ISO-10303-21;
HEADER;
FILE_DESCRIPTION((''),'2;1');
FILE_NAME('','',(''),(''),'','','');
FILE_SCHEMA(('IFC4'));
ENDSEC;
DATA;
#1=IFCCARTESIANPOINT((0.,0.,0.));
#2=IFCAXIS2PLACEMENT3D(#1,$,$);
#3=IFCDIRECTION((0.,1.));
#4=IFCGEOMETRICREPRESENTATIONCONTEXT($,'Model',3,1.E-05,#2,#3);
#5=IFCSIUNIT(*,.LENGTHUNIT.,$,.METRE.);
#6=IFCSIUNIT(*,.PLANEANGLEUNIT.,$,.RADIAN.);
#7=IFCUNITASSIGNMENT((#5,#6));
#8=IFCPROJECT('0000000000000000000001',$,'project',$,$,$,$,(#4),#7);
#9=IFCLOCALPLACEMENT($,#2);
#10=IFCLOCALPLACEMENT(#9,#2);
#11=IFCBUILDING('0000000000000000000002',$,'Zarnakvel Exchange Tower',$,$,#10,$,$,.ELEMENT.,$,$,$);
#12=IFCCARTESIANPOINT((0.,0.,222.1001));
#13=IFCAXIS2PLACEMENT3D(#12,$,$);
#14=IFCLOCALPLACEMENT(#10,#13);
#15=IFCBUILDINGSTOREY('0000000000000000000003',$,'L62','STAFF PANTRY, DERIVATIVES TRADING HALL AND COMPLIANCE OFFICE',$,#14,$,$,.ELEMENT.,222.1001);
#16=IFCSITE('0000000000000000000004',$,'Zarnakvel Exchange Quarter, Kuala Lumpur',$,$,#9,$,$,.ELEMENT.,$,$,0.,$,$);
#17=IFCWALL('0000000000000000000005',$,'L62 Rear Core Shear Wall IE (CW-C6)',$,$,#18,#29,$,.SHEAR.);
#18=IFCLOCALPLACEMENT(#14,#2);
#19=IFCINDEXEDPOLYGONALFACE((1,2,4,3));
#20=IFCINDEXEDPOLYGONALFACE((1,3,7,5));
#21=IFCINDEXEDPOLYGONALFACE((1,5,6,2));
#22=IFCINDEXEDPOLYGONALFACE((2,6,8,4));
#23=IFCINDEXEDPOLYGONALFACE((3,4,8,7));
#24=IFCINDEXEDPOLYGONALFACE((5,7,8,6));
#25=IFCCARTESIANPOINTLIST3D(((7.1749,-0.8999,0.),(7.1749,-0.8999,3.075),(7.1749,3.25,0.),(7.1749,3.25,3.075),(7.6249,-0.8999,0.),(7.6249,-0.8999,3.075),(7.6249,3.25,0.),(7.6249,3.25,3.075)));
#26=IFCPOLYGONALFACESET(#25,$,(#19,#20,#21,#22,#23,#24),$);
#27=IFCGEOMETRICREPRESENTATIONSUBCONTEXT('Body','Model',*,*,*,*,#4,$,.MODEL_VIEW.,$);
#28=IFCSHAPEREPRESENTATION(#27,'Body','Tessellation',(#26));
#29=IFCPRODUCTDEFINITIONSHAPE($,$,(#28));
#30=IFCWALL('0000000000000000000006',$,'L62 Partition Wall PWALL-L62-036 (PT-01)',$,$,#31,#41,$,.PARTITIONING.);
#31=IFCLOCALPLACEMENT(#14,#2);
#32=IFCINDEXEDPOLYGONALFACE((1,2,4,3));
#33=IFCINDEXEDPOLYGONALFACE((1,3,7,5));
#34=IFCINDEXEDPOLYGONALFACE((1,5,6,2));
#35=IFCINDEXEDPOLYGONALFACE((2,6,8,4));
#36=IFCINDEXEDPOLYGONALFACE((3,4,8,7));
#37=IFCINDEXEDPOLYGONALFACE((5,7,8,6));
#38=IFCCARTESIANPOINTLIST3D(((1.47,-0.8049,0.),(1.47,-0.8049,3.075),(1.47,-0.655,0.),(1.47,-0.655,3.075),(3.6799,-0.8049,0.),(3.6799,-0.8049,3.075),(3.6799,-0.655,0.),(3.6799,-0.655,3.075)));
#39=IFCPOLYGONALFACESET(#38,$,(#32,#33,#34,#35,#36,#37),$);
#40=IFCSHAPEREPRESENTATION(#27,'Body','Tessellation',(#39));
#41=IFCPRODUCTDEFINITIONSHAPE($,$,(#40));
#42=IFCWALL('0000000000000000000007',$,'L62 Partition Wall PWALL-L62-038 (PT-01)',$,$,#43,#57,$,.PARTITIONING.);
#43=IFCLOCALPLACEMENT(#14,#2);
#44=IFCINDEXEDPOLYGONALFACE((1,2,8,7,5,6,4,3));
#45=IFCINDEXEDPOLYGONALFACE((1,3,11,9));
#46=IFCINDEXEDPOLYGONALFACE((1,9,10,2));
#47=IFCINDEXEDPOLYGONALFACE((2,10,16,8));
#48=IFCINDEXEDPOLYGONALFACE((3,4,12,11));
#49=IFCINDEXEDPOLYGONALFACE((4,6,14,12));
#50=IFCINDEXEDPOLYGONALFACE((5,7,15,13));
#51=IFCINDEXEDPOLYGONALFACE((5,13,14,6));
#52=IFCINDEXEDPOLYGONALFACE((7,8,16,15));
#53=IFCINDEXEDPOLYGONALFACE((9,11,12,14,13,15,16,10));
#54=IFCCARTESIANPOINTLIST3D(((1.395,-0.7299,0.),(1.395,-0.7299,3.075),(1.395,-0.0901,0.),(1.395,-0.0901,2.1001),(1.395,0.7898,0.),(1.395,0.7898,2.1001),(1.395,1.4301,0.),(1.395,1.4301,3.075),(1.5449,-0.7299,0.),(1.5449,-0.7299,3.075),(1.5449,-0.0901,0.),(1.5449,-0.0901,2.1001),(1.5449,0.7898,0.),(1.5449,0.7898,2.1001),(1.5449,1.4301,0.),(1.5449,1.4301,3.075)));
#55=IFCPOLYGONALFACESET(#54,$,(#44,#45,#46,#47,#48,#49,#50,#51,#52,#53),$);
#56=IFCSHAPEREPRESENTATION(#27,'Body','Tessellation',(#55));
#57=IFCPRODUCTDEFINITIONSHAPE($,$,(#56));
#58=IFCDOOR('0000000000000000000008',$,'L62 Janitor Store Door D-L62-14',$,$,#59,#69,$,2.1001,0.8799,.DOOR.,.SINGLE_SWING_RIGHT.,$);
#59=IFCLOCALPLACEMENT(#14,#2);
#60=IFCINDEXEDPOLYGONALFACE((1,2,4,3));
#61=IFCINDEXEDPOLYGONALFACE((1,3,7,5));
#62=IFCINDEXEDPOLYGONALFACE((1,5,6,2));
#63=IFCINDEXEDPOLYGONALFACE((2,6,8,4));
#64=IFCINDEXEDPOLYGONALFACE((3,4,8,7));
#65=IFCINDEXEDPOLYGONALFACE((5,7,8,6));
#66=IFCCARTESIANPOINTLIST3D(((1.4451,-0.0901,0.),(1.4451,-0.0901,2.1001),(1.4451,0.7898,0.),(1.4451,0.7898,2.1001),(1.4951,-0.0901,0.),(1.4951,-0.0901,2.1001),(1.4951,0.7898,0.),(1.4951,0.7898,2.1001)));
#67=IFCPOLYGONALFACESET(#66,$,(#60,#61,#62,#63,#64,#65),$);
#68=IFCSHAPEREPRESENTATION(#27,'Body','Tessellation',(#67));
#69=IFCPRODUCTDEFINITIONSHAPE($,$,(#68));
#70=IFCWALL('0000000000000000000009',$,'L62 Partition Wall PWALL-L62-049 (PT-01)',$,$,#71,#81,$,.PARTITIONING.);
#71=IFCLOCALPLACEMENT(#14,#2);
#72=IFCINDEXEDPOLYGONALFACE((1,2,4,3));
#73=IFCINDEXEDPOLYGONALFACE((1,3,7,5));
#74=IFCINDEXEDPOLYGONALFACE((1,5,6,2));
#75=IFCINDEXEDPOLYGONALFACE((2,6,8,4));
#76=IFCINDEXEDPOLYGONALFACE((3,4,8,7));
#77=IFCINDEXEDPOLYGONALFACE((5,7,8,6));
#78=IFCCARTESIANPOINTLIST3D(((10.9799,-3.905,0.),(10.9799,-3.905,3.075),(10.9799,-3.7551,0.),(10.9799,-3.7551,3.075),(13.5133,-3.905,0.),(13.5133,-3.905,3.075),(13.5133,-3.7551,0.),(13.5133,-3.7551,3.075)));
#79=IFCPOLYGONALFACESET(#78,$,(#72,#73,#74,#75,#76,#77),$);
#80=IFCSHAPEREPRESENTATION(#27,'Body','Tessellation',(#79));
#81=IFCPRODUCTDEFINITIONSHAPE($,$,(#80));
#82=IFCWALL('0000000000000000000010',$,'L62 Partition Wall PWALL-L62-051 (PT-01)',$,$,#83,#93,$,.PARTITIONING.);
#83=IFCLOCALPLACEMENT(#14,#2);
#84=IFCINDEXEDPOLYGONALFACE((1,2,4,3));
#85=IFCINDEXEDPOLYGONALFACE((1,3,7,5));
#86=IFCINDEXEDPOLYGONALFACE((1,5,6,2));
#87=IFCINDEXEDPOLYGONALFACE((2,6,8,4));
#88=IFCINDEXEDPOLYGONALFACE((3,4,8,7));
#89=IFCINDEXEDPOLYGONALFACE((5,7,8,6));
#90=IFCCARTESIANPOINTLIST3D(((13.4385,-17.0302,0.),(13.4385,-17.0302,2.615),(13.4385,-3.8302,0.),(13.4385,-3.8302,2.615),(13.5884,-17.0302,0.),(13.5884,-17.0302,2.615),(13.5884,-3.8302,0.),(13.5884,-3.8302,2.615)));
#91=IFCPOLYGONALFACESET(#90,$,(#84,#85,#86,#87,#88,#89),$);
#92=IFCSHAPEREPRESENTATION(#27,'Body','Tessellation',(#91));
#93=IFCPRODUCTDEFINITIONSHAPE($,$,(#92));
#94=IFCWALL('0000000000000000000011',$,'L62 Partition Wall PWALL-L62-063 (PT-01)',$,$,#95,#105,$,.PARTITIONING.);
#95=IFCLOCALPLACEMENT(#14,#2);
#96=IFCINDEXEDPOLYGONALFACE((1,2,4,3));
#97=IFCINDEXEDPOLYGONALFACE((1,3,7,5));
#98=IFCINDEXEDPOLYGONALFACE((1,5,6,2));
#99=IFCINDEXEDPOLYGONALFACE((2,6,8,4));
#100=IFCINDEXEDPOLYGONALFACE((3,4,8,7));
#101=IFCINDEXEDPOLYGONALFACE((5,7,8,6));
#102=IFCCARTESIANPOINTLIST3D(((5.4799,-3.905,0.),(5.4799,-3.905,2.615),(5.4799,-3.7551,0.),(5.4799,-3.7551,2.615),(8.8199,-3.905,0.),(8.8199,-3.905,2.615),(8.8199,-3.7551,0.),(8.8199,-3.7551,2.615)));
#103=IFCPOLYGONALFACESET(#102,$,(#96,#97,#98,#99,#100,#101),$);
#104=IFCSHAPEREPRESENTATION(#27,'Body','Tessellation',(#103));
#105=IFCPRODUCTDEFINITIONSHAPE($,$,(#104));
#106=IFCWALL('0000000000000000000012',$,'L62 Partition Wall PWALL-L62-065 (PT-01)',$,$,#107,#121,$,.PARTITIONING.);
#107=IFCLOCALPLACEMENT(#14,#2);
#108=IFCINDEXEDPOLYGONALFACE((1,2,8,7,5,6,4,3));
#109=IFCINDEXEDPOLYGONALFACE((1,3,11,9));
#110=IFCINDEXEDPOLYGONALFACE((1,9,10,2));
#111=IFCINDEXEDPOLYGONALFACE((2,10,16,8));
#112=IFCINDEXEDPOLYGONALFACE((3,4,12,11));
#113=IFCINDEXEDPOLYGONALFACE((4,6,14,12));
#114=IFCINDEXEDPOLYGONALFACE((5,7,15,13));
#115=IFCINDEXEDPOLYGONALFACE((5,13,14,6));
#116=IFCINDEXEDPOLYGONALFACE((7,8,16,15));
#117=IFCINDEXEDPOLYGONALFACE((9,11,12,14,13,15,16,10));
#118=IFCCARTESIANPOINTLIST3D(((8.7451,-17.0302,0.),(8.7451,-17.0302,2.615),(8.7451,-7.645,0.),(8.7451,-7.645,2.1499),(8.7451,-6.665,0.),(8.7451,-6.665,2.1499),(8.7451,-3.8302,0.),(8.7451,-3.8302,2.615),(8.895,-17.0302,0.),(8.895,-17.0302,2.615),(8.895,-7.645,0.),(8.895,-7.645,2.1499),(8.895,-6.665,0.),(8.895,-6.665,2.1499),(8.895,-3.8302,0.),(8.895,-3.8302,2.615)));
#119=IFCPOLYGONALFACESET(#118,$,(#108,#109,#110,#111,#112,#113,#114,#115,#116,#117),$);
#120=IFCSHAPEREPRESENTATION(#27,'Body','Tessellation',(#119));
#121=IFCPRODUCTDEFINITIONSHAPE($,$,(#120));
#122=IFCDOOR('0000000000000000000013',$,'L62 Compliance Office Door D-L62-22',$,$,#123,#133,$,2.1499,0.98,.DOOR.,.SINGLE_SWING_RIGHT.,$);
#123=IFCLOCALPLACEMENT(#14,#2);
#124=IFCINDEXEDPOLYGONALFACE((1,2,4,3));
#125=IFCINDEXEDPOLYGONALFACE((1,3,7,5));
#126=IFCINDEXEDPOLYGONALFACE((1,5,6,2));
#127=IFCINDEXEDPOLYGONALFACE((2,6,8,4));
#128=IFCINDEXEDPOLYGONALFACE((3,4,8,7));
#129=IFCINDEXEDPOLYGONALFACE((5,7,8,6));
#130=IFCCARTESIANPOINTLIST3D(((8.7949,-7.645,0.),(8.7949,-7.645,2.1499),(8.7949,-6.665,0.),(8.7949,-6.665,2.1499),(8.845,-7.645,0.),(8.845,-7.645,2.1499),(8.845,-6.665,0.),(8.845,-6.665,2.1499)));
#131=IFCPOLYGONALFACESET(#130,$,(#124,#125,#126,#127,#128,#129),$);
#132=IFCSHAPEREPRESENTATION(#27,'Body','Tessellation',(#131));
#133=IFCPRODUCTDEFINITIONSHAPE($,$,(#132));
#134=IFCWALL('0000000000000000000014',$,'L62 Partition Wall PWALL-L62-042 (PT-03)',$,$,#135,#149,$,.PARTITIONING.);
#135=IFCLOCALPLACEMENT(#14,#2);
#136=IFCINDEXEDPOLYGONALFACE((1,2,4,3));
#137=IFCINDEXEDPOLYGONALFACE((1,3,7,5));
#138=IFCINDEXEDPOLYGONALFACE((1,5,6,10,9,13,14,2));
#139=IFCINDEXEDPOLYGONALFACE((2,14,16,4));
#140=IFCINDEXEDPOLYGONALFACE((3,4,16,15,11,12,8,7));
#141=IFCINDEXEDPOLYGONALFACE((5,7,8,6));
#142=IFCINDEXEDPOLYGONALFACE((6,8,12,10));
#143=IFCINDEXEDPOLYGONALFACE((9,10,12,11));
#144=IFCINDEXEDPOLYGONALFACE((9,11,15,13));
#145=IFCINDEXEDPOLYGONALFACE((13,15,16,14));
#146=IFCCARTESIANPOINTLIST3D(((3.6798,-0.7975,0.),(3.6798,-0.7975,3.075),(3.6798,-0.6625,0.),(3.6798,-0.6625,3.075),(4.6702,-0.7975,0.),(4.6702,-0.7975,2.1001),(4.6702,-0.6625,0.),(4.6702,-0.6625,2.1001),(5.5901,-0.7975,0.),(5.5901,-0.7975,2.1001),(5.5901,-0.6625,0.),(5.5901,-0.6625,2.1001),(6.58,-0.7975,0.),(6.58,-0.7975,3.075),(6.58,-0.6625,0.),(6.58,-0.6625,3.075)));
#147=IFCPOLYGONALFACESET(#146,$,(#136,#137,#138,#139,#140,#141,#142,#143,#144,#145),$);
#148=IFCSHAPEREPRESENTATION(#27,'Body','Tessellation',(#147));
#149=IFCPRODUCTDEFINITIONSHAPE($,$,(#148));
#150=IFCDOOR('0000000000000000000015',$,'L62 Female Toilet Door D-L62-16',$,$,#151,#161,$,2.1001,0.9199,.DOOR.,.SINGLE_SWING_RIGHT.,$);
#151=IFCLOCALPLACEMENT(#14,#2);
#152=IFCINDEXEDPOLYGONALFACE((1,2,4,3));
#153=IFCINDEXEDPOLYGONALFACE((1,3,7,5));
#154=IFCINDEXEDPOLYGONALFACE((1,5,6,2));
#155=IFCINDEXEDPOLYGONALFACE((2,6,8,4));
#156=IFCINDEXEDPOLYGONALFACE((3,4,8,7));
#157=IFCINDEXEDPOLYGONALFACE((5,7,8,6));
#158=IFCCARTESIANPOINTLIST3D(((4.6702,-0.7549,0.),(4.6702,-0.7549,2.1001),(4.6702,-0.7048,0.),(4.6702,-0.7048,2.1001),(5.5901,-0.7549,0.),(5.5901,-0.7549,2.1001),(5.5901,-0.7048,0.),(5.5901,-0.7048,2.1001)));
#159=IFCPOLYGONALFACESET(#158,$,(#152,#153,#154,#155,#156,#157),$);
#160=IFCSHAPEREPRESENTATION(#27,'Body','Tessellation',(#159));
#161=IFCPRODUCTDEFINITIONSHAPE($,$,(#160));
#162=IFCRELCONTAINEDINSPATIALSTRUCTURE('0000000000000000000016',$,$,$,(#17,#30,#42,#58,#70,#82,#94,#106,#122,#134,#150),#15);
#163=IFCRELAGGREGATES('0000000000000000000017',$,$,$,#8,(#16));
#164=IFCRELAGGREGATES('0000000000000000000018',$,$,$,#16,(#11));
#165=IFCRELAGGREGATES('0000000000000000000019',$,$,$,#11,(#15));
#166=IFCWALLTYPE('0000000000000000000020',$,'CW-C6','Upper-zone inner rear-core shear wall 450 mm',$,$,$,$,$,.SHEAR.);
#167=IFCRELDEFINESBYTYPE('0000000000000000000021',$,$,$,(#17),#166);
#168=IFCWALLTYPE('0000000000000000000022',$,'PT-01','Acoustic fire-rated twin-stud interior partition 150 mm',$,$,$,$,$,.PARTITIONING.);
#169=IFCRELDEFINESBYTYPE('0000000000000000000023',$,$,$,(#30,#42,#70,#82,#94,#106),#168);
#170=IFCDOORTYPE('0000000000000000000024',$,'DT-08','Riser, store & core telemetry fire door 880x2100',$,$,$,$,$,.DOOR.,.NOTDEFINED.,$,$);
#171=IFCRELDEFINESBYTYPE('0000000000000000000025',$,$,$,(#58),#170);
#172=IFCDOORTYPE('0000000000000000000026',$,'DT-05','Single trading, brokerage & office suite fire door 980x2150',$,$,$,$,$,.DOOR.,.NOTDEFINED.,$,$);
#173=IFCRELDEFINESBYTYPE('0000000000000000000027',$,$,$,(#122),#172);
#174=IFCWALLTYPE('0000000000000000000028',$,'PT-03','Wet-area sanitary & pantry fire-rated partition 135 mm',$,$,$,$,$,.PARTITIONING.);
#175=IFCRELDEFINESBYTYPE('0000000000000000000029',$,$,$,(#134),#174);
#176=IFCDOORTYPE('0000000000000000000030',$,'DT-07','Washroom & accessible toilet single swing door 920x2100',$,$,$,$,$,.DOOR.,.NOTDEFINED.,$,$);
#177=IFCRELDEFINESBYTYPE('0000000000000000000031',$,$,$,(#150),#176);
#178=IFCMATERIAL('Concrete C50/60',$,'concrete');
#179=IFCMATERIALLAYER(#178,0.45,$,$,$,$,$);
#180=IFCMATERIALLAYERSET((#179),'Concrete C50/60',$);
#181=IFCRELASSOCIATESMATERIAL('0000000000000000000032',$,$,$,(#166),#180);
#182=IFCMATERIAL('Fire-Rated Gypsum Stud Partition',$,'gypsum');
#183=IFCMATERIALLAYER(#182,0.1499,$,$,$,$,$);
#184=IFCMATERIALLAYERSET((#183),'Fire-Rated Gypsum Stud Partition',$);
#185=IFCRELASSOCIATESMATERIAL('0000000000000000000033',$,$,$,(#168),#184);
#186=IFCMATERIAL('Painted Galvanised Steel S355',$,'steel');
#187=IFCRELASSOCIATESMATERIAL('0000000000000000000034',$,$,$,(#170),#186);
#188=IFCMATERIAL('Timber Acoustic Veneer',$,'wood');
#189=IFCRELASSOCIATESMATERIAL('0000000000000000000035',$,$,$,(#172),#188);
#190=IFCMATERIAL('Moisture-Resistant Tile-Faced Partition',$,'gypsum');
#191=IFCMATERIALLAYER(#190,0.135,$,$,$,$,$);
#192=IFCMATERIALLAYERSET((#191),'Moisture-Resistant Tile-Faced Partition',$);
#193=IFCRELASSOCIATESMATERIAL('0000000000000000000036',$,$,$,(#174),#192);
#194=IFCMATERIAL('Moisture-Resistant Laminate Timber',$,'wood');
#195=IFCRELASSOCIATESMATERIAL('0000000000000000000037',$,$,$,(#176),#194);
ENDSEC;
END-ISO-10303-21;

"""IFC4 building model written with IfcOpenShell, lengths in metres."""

from ifc_helpers import new_model, si_unit, direction, frame, frame_2d, origin, place, context, subcontext, project, spatial, rectangle, extrude, source, transform, mapped, material, layer, layer_set, type_object, element, fill, save


model = new_model("IFC4")

# Units and contexts
model_context = context("Model", 3, precision=1e-05, world=origin(), true_north=direction((0.0, 1.0)))
body_context = subcontext(model_context, "Body", "Model", "MODEL_VIEW")
ifc_project = project(units=[si_unit("LENGTHUNIT", "METRE"), si_unit("PLANEANGLEUNIT", "RADIAN")], contexts=[model_context])

# Site, building, storey
site_placement = place(None, origin())
site = spatial("IfcSite", under=ifc_project, at=site_placement, Name="Zarnakvel Exchange Quarter, Kuala Lumpur", CompositionType="ELEMENT", RefElevation=0.0)
building_placement = place(site_placement, origin())
building = spatial("IfcBuilding", under=site, at=building_placement, Name="Zarnakvel Exchange Tower", CompositionType="ELEMENT")
storey_placement = place(building_placement, frame((0.0, 0.0, 222.1001)))
storey = spatial("IfcBuildingStorey", under=building, at=storey_placement, Name="L62", Description="STAFF PANTRY, DERIVATIVES TRADING HALL AND COMPLIANCE OFFICE", CompositionType="ELEMENT", Elevation=222.1001)

# Shared definitions
ifc_material_1 = material(Name="Concrete C50/60", Category="concrete")

# Shared definitions
ifc_material_2 = material(Name="Painted Galvanised Steel S355", Category="steel")

# Walls
ifc_layer_1 = layer(ifc_material_1, 0.45)
ifc_layer_set_1 = layer_set([ifc_layer_1], Name="Concrete C50/60")
wall_type_1 = type_object("IfcWallType", Name="CW-C6", Description="Upper-zone inner rear-core shear wall 450 mm", PredefinedType="SHEAR", material=ifc_layer_set_1)
wall_1_placement = place(storey_placement, frame((7.3999, -0.8999, 0.0), z_axis=(0.0, 0.0, 1.0), x_axis=(0.0, 1.0, 0.0)))
element("IfcWall", 1, at=wall_1_placement, inside=storey, type_object=wall_type_1, Name="L62 Rear Core Shear Wall IE (CW-C6)", PredefinedType="SHEAR", context=body_context, shape_type="SweptSolid", body=[
    extrude(rectangle(XDim=4.1499, YDim=0.45, at=frame_2d((2.075, 0.0))), origin(), (0.0, 0.0, 1.0), 3.075),
])
ifc_material_3 = material(Name="Fire-Rated Gypsum Stud Partition", Category="gypsum")
ifc_layer_2 = layer(ifc_material_3, 0.1499)
ifc_layer_set_2 = layer_set([ifc_layer_2], Name="Fire-Rated Gypsum Stud Partition")
wall_type_2 = type_object("IfcWallType", Name="PT-01", Description="Acoustic fire-rated twin-stud interior partition 150 mm", PredefinedType="PARTITIONING", material=ifc_layer_set_2)
wall_2_placement = place(storey_placement, frame((3.6799, -0.73, 0.0), z_axis=(0.0, 0.0, 1.0), x_axis=(-1.0, 0.0, 0.0)))
element("IfcWall", 2, at=wall_2_placement, inside=storey, type_object=wall_type_2, Name="L62 Partition Wall PWALL-L62-036 (PT-01)", PredefinedType="PARTITIONING", context=body_context, shape_type="SweptSolid", body=[
    extrude(rectangle(XDim=2.21, YDim=0.1499, at=frame_2d((1.105, 0.0))), origin(), (0.0, 0.0, 1.0), 3.075),
])

# Wall, opening, door
wall_3_placement = place(storey_placement, frame((1.47, -0.73, 0.0), z_axis=(0.0, 0.0, 1.0), x_axis=(0.0, 1.0, 0.0)))
wall_3 = element("IfcWall", 3, at=wall_3_placement, inside=storey, type_object=wall_type_2, Name="L62 Partition Wall PWALL-L62-038 (PT-01)", PredefinedType="PARTITIONING", context=body_context, shape_type="SweptSolid", body=[
    extrude(rectangle(XDim=2.1599, YDim=0.1499, at=frame_2d((1.0801, 0.0))), origin(), (0.0, 0.0, 1.0), 3.075),
])
opening_1_placement = place(wall_3_placement, frame((0.6399, 0.0, 0.0)))
opening_1 = element("IfcOpeningElement", 4, at=opening_1_placement, cuts=wall_3, PredefinedType="OPENING", context=body_context, shape_type="SweptSolid", body=[
    extrude(rectangle(XDim=0.8799, YDim=2.1001, at=frame_2d((0.4399, 1.05))), frame((0.0, 0.085, 0.0), z_axis=(0.0, -1.0, 0.0), x_axis=(1.0, 0.0, 0.0)), (0.0, 0.0, 1.0), 0.1699),
])
door_type_1 = type_object("IfcDoorType", Name="DT-08", Description="Riser, store & core telemetry fire door 880x2100", OperationType="NOTDEFINED", PredefinedType="DOOR", material=ifc_material_2)
shared_shape_1 = source(origin(), body_context, "Body", "SweptSolid", [
    extrude(rectangle(XDim=0.8799, YDim=2.1001, at=frame_2d((0.4399, 1.05))), frame((0.0, 0.0249, 0.0), z_axis=(0.0, -1.0, 0.0), x_axis=(1.0, 0.0, 0.0)), (0.0, 0.0, 1.0), 0.05),
])
door_1_placement = place(opening_1_placement, origin())
door_1 = element("IfcDoor", 5, at=door_1_placement, inside=storey, type_object=door_type_1, Name="L62 Janitor Store Door D-L62-14", OperationType="SINGLE_SWING_RIGHT", OverallHeight=2.1001, OverallWidth=0.8799, PredefinedType="DOOR", context=body_context, shape_type="MappedRepresentation", body=[
    mapped(shared_shape_1, transform((0.0, 0.0, 0.0), x_axis=(1.0, 0.0, 0.0), y_axis=(0.0, 1.0, 0.0), z_axis=(0.0, 0.0, 1.0), scale=1.0)),
])
fill(opening_1, door_1)

# Walls
wall_4_placement = place(storey_placement, frame((10.98, -3.8301, 0.0), z_axis=(0.0, 0.0, 1.0), x_axis=(1.0, 0.0, 0.0)))
element("IfcWall", 6, at=wall_4_placement, inside=storey, type_object=wall_type_2, Name="L62 Partition Wall PWALL-L62-049 (PT-01)", PredefinedType="PARTITIONING", context=body_context, shape_type="SweptSolid", body=[
    extrude(rectangle(XDim=2.5334, YDim=0.1499, at=frame_2d((1.2666, 0.0))), origin(), (0.0, 0.0, 1.0), 3.075),
])
wall_5_placement = place(storey_placement, frame((13.5134, -3.8301, 0.0), z_axis=(0.0, 0.0, 1.0), x_axis=(0.0, -1.0, 0.0)))
element("IfcWall", 7, at=wall_5_placement, inside=storey, type_object=wall_type_2, Name="L62 Partition Wall PWALL-L62-051 (PT-01)", PredefinedType="PARTITIONING", context=body_context, shape_type="SweptSolid", body=[
    extrude(rectangle(XDim=13.2, YDim=0.1499, at=frame_2d((6.6001, 0.0))), origin(), (0.0, 0.0, 1.0), 2.615),
])

# Shared definitions
ifc_material_4 = material(Name="Timber Acoustic Veneer", Category="wood")
door_type_2 = type_object("IfcDoorType", Name="DT-05", Description="Single trading, brokerage & office suite fire door 980x2150", OperationType="NOTDEFINED", PredefinedType="DOOR", material=ifc_material_4)
shared_shape_2 = source(origin(), body_context, "Body", "SweptSolid", [
    extrude(rectangle(XDim=0.98, YDim=2.1499, at=frame_2d((0.49, 1.075))), frame((0.0, 0.0249, 0.0), z_axis=(0.0, -1.0, 0.0), x_axis=(1.0, 0.0, 0.0)), (0.0, 0.0, 1.0), 0.05),
])

# Wall
wall_6_placement = place(storey_placement, frame((5.48, -3.8301, 0.0), z_axis=(0.0, 0.0, 1.0), x_axis=(1.0, 0.0, 0.0)))
element("IfcWall", 8, at=wall_6_placement, inside=storey, type_object=wall_type_2, Name="L62 Partition Wall PWALL-L62-063 (PT-01)", PredefinedType="PARTITIONING", context=body_context, shape_type="SweptSolid", body=[
    extrude(rectangle(XDim=3.3401, YDim=0.1499, at=frame_2d((1.6699, 0.0))), origin(), (0.0, 0.0, 1.0), 2.615),
])

# Walls, openings, doors
wall_7_placement = place(storey_placement, frame((8.8201, -3.8301, 0.0), z_axis=(0.0, 0.0, 1.0), x_axis=(0.0, -1.0, 0.0)))
wall_7 = element("IfcWall", 9, at=wall_7_placement, inside=storey, type_object=wall_type_2, Name="L62 Partition Wall PWALL-L62-065 (PT-01)", PredefinedType="PARTITIONING", context=body_context, shape_type="SweptSolid", body=[
    extrude(rectangle(XDim=13.2, YDim=0.1499, at=frame_2d((6.6001, 0.0))), origin(), (0.0, 0.0, 1.0), 2.615),
])
opening_2_placement = place(wall_7_placement, frame((2.835, 0.0, 0.0)))
opening_2 = element("IfcOpeningElement", 10, at=opening_2_placement, cuts=wall_7, PredefinedType="OPENING", context=body_context, shape_type="SweptSolid", body=[
    extrude(rectangle(XDim=0.98, YDim=2.1499, at=frame_2d((0.49, 1.075))), frame((0.0, 0.085, 0.0), z_axis=(0.0, -1.0, 0.0), x_axis=(1.0, 0.0, 0.0)), (0.0, 0.0, 1.0), 0.1699),
])
door_2_placement = place(opening_2_placement, origin())
door_2 = element("IfcDoor", 11, at=door_2_placement, inside=storey, type_object=door_type_2, Name="L62 Compliance Office Door D-L62-22", OperationType="SINGLE_SWING_RIGHT", OverallHeight=2.1499, OverallWidth=0.98, PredefinedType="DOOR", context=body_context, shape_type="MappedRepresentation", body=[
    mapped(shared_shape_2, transform((0.0, 0.0, 0.0), x_axis=(1.0, 0.0, 0.0), y_axis=(0.0, 1.0, 0.0), z_axis=(0.0, 0.0, 1.0), scale=1.0)),
])
fill(opening_2, door_2)
ifc_material_5 = material(Name="Moisture-Resistant Tile-Faced Partition", Category="gypsum")
ifc_layer_3 = layer(ifc_material_5, 0.135)
ifc_layer_set_3 = layer_set([ifc_layer_3], Name="Moisture-Resistant Tile-Faced Partition")
wall_type_3 = type_object("IfcWallType", Name="PT-03", Description="Wet-area sanitary & pantry fire-rated partition 135 mm", PredefinedType="PARTITIONING", material=ifc_layer_set_3)
wall_8_placement = place(storey_placement, frame((6.5801, -0.73, 0.0), z_axis=(0.0, 0.0, 1.0), x_axis=(-1.0, 0.0, 0.0)))
wall_8 = element("IfcWall", 12, at=wall_8_placement, inside=storey, type_object=wall_type_3, Name="L62 Partition Wall PWALL-L62-042 (PT-03)", PredefinedType="PARTITIONING", context=body_context, shape_type="SweptSolid", body=[
    extrude(rectangle(XDim=2.9001, YDim=0.135, at=frame_2d((1.4502, 0.0))), origin(), (0.0, 0.0, 1.0), 3.075),
])
opening_3_placement = place(wall_8_placement, frame((0.99, 0.0, 0.0)))
opening_3 = element("IfcOpeningElement", 13, at=opening_3_placement, cuts=wall_8, PredefinedType="OPENING", context=body_context, shape_type="SweptSolid", body=[
    extrude(rectangle(XDim=0.9199, YDim=2.1001, at=frame_2d((0.46, 1.05))), frame((0.0, 0.0774, 0.0), z_axis=(0.0, -1.0, 0.0), x_axis=(1.0, 0.0, 0.0)), (0.0, 0.0, 1.0), 0.155),
])
ifc_material_6 = material(Name="Moisture-Resistant Laminate Timber", Category="wood")
door_type_3 = type_object("IfcDoorType", Name="DT-07", Description="Washroom & accessible toilet single swing door 920x2100", OperationType="NOTDEFINED", PredefinedType="DOOR", material=ifc_material_6)
shared_shape_3 = source(origin(), body_context, "Body", "SweptSolid", [
    extrude(rectangle(XDim=0.9199, YDim=2.1001, at=frame_2d((0.46, 1.05))), frame((0.0, 0.0249, 0.0), z_axis=(0.0, -1.0, 0.0), x_axis=(1.0, 0.0, 0.0)), (0.0, 0.0, 1.0), 0.05),
])
door_3_placement = place(opening_3_placement, origin())
door_3 = element("IfcDoor", 14, at=door_3_placement, inside=storey, type_object=door_type_3, Name="L62 Female Toilet Door D-L62-16", OperationType="SINGLE_SWING_RIGHT", OverallHeight=2.1001, OverallWidth=0.9199, PredefinedType="DOOR", context=body_context, shape_type="MappedRepresentation", body=[
    mapped(shared_shape_3, transform((0.0, 0.0, 0.0), x_axis=(1.0, 0.0, 0.0), y_axis=(0.0, 1.0, 0.0), z_axis=(0.0, 0.0, 1.0), scale=1.0)),
])
fill(opening_3, door_3)

save(model, "model.ifc")
